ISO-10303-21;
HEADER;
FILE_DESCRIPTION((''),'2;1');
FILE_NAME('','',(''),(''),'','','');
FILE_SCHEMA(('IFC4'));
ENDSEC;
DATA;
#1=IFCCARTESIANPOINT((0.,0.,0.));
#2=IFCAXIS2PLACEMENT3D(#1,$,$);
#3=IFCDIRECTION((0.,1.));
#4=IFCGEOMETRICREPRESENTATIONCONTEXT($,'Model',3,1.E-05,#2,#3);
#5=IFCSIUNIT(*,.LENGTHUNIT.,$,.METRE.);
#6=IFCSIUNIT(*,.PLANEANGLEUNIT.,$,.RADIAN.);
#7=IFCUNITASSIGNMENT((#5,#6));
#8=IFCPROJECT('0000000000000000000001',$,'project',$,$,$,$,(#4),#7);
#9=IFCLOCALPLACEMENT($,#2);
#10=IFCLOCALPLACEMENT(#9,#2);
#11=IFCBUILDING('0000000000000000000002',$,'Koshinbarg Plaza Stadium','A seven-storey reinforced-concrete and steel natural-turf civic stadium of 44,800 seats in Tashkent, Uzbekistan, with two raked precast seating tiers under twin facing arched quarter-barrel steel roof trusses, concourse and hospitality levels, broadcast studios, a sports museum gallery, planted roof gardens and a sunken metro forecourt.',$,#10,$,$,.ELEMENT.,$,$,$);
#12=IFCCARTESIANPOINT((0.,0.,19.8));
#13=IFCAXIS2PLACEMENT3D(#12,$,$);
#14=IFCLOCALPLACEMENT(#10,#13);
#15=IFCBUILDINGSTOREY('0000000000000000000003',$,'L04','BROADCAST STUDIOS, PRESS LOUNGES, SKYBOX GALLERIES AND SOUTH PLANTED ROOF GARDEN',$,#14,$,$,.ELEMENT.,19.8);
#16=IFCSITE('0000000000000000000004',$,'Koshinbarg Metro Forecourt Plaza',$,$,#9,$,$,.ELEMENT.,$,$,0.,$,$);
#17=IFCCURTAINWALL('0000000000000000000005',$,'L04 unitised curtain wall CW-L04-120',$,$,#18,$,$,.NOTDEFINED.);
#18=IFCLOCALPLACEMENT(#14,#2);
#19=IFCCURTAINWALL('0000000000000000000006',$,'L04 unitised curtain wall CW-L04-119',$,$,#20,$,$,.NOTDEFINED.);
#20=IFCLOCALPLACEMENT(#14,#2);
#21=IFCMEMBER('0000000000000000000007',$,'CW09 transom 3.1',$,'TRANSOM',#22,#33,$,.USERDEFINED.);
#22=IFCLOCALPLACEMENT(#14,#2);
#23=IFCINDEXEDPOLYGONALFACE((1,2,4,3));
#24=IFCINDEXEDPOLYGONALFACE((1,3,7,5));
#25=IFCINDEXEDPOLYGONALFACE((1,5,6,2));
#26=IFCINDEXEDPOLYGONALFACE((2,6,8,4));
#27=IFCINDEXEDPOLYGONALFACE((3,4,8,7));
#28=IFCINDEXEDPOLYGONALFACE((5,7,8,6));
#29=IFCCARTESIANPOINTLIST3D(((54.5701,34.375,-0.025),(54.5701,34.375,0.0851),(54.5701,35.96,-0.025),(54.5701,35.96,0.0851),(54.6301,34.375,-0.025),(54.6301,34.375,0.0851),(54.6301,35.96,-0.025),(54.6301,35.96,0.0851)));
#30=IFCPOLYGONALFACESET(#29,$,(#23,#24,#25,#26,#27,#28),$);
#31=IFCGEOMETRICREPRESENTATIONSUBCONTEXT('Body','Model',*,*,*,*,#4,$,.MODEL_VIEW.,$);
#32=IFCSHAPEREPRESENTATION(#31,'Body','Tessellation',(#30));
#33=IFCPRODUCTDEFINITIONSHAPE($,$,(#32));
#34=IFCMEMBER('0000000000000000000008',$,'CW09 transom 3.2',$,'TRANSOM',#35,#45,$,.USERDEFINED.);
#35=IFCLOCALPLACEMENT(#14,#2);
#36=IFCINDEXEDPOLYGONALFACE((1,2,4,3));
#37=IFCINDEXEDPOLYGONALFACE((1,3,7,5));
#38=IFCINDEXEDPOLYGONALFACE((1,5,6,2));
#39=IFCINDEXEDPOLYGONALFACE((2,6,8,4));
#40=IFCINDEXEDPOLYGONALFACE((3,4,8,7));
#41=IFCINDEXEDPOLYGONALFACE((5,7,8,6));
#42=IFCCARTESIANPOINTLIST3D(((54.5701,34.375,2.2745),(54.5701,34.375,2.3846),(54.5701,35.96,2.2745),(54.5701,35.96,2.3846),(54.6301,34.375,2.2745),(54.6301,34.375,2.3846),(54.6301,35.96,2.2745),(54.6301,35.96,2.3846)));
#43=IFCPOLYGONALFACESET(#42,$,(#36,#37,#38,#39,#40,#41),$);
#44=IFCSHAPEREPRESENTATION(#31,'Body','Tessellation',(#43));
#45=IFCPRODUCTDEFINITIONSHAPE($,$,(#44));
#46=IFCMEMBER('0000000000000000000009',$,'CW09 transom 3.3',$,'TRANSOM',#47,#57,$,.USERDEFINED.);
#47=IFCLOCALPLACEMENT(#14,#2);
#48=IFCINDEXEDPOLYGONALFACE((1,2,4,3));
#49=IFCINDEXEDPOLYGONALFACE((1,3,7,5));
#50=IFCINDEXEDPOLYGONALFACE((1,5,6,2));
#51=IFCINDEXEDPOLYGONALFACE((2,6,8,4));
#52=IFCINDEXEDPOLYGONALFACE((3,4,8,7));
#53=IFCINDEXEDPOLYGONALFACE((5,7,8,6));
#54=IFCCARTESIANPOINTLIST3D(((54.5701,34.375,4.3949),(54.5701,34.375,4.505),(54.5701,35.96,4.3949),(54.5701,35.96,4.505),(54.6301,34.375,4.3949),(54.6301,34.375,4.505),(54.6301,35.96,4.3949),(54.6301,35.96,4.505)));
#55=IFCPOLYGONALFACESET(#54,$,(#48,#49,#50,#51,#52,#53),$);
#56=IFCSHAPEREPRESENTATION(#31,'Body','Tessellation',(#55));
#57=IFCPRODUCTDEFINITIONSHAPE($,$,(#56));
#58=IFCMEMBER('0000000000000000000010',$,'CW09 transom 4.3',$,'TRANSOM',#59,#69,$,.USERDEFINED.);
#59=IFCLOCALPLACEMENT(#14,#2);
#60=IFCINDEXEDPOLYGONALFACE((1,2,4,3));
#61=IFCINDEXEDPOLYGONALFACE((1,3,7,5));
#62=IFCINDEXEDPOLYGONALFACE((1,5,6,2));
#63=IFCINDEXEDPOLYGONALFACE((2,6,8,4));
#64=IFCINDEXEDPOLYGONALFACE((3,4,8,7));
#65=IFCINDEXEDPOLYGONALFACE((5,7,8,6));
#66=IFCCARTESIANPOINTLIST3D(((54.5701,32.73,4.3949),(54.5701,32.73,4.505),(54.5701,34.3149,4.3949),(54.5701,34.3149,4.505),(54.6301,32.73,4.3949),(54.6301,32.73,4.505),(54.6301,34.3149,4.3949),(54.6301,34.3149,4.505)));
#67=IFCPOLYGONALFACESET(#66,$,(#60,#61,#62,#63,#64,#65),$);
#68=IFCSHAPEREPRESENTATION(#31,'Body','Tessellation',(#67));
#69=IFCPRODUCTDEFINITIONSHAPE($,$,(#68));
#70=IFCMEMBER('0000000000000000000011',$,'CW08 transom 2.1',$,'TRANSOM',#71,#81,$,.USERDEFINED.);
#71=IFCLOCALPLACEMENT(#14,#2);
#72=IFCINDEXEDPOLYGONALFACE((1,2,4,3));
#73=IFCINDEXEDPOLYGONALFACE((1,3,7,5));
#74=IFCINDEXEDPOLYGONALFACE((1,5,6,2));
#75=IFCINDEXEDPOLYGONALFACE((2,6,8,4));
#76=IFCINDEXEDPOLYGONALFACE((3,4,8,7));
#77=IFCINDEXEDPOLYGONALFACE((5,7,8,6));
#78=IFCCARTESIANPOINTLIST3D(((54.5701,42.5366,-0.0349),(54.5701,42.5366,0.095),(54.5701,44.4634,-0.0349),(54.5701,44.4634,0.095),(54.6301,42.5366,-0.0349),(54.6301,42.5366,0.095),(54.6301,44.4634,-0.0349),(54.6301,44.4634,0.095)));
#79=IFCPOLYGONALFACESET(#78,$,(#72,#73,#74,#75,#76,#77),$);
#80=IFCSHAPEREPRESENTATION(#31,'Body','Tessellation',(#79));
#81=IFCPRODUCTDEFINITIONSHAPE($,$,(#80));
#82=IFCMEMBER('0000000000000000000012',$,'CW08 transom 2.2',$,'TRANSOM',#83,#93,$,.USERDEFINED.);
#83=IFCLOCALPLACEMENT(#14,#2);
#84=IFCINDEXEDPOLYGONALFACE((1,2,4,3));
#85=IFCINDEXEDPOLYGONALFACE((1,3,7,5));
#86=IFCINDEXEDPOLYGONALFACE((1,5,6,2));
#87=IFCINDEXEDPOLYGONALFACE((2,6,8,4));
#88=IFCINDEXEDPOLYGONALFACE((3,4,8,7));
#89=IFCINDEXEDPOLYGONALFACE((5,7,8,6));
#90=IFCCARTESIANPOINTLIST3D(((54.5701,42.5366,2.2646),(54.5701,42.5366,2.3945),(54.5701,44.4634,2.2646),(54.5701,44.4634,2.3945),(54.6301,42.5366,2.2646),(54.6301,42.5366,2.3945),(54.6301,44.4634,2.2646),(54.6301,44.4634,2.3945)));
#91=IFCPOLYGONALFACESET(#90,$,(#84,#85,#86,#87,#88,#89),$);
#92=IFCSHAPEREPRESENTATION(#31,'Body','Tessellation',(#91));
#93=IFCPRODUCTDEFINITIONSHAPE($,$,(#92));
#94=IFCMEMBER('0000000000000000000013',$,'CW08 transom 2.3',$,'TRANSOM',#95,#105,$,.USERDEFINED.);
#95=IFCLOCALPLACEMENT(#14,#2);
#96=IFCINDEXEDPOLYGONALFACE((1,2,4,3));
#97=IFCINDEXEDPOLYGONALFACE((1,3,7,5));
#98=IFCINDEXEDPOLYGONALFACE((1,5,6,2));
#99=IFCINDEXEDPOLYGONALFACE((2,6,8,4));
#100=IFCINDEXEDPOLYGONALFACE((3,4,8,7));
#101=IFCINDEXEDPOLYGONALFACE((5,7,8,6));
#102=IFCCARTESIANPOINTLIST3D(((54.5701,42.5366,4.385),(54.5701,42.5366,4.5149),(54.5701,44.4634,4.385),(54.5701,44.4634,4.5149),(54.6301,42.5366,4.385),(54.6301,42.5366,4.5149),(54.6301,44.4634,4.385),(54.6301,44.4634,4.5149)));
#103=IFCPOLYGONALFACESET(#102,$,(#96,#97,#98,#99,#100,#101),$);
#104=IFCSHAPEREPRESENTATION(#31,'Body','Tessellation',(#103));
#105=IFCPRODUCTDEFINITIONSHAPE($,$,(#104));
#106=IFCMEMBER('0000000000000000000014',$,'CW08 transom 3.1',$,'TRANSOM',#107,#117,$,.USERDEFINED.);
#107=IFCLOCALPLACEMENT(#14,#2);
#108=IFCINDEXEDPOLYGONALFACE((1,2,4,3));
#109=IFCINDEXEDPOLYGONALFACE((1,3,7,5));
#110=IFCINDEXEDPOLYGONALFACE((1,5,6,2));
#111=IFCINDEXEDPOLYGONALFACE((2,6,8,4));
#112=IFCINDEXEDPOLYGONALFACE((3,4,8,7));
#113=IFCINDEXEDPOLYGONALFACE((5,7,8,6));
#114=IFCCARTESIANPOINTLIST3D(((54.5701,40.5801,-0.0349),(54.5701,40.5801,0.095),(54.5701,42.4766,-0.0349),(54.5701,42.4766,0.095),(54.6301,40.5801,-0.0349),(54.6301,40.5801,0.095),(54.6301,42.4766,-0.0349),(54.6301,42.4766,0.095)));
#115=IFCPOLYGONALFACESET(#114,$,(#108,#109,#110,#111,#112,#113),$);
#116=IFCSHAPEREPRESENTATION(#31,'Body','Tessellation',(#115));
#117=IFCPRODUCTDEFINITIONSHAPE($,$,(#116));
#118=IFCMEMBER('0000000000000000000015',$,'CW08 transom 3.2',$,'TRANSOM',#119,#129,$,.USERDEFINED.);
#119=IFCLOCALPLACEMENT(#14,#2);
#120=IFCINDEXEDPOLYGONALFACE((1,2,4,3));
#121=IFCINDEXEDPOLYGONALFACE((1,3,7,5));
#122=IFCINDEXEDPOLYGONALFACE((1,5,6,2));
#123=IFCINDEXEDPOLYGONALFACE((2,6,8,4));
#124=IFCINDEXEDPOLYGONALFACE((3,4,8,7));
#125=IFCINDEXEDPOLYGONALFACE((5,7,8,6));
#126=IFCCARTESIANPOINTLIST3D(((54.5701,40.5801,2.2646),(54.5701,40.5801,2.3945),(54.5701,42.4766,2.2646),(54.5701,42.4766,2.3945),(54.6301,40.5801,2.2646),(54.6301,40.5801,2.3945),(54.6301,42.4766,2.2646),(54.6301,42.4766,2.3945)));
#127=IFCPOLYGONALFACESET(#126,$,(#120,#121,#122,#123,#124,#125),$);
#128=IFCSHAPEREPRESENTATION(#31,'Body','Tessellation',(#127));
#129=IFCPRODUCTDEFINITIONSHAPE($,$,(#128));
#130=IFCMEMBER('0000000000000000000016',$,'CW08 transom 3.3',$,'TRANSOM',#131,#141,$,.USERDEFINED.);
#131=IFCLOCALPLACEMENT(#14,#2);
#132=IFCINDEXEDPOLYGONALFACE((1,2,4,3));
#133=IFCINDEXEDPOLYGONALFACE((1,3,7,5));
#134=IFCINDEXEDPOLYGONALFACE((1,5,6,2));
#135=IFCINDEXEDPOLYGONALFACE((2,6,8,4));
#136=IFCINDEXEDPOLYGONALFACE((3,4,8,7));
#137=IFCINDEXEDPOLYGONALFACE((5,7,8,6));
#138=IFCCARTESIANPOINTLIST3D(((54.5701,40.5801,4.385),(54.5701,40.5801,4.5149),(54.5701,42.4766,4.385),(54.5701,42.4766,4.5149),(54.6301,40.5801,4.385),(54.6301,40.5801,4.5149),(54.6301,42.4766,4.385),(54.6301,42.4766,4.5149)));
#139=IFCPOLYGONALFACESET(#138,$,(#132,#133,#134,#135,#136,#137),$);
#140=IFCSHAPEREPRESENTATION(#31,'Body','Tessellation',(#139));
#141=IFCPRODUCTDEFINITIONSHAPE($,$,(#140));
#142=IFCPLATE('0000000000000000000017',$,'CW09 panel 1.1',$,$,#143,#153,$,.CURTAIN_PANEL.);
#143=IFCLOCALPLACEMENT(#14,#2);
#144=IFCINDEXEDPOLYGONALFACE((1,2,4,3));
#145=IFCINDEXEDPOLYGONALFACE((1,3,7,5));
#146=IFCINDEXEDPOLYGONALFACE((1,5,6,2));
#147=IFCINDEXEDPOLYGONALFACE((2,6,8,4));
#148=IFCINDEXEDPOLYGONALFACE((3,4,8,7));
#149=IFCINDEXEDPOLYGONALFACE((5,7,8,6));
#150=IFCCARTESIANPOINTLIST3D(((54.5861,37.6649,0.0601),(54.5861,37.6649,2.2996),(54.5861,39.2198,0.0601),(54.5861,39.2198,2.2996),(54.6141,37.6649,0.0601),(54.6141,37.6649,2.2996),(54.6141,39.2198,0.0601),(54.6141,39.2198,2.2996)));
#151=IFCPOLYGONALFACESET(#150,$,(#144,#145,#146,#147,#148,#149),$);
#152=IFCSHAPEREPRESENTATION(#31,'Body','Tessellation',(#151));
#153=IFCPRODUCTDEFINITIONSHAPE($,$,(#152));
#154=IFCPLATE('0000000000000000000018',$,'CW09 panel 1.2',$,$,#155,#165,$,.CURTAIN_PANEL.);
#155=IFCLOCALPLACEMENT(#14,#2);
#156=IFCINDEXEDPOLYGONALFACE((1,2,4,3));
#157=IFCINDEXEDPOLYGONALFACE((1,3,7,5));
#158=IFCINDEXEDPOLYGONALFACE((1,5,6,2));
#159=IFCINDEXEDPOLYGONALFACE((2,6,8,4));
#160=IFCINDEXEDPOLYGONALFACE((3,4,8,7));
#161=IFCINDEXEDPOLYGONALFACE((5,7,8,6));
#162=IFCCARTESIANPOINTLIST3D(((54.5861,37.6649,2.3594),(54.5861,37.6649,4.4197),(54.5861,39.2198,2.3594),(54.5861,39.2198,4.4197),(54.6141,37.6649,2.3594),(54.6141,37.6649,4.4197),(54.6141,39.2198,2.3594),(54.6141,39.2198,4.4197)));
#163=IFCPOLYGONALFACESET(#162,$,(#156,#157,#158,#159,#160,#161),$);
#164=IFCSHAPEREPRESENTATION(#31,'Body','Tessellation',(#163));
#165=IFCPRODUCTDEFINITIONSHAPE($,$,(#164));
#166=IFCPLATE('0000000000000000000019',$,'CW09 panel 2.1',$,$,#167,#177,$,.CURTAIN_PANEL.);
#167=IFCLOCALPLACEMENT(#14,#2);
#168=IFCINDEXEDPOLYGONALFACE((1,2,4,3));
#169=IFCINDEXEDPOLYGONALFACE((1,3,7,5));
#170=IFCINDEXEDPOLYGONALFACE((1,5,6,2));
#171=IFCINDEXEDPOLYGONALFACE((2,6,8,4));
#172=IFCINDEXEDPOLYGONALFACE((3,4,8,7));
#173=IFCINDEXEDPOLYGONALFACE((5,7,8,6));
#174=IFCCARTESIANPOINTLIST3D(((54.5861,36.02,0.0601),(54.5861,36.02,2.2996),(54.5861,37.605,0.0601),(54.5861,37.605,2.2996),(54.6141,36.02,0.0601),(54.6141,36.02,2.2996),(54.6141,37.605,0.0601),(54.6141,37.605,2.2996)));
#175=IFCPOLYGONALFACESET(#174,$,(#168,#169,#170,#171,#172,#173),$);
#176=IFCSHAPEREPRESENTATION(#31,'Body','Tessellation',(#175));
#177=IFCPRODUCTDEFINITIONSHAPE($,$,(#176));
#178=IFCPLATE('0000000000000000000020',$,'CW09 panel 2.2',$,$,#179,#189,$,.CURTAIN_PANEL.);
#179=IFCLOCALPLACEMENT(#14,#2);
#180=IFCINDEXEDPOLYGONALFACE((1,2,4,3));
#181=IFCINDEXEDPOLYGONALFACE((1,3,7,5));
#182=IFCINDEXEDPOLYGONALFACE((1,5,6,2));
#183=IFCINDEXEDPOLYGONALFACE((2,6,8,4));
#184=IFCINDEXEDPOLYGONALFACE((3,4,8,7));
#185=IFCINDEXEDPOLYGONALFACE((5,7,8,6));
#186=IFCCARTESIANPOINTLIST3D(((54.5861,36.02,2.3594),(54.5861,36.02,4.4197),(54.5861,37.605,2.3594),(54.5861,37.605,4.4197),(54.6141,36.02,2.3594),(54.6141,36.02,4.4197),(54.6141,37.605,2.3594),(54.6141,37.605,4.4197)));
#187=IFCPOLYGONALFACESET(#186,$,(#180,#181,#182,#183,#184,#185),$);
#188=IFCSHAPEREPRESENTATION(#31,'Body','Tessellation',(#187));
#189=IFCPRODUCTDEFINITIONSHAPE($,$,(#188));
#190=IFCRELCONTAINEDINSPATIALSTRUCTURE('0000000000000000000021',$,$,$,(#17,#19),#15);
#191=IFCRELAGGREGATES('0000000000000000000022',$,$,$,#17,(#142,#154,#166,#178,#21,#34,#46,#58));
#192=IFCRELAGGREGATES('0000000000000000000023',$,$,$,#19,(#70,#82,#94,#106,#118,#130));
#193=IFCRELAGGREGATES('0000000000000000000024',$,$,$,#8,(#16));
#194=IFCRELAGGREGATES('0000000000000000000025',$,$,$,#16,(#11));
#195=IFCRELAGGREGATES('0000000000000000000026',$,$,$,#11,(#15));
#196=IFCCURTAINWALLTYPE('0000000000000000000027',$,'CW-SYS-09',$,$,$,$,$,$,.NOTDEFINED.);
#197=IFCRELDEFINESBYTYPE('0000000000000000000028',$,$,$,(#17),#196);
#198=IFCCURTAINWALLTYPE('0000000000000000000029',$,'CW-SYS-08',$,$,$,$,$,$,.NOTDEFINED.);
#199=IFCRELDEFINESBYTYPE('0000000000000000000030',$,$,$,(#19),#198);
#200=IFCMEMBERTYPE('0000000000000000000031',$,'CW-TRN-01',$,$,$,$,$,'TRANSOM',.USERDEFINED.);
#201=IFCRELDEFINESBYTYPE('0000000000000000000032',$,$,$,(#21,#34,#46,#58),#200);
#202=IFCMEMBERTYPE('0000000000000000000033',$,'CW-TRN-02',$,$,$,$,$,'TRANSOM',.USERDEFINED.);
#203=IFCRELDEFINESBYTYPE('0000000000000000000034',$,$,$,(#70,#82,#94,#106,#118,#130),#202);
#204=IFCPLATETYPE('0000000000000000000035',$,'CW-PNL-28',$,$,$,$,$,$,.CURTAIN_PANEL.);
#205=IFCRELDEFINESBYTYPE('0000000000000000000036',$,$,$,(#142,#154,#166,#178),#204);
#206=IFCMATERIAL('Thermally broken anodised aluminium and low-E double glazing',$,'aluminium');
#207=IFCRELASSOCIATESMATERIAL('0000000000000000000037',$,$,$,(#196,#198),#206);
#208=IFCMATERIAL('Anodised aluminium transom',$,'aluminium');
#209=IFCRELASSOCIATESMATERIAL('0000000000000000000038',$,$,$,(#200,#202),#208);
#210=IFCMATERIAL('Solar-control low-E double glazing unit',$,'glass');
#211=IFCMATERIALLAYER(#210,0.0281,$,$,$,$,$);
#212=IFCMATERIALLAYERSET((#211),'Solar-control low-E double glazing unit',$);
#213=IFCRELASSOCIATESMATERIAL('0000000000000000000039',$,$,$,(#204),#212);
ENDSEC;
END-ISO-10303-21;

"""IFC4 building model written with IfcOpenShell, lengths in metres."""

from ifc_helpers import new_model, si_unit, direction, frame, origin, origin_2d, place, context, subcontext, project, spatial, rectangle, extrude, material, layer, layer_set, material_profile, profile_set, type_object, element, aggregate, save


model = new_model("IFC4")

# Units and contexts
model_context = context("Model", 3, precision=1e-05, world=origin(), true_north=direction((0.0, 1.0)))
body_context = subcontext(model_context, "Body", "Model", "MODEL_VIEW")
ifc_project = project(units=[si_unit("LENGTHUNIT", "METRE"), si_unit("PLANEANGLEUNIT", "RADIAN")], contexts=[model_context])

# Site, building, storey
site_placement = place(None, origin())
site = spatial("IfcSite", under=ifc_project, at=site_placement, Name="Koshinbarg Metro Forecourt Plaza", CompositionType="ELEMENT", RefElevation=0.0)
building_placement = place(site_placement, origin())
building = spatial("IfcBuilding", under=site, at=building_placement, Name="Koshinbarg Plaza Stadium", Description="A seven-storey reinforced-concrete and steel natural-turf civic stadium of 44,800 seats in Tashkent, Uzbekistan, with two raked precast seating tiers under twin facing arched quarter-barrel steel roof trusses, concourse and hospitality levels, broadcast studios, a sports museum gallery, planted roof gardens and a sunken metro forecourt.", CompositionType="ELEMENT")
storey_placement = place(building_placement, frame((0.0, 0.0, 19.8)))
storey = spatial("IfcBuildingStorey", under=building, at=storey_placement, Name="L04", Description="BROADCAST STUDIOS, PRESS LOUNGES, SKYBOX GALLERIES AND SOUTH PLANTED ROOF GARDEN", CompositionType="ELEMENT", Elevation=19.8)

# Curtain walls
ifc_material_1 = material(Name="Thermally broken anodised aluminium and low-E double glazing", Category="aluminium")
curtain_wall_type_1 = type_object("IfcCurtainWallType", Name="CW-SYS-09", PredefinedType="NOTDEFINED", material=ifc_material_1)
curtain_wall_1_placement = place(storey_placement, origin())
curtain_wall_1 = element("IfcCurtainWall", 1, at=curtain_wall_1_placement, inside=storey, type_object=curtain_wall_type_1, Name="L04 unitised curtain wall CW-L04-120", PredefinedType="NOTDEFINED")
curtain_wall_type_2 = type_object("IfcCurtainWallType", Name="CW-SYS-08", PredefinedType="NOTDEFINED", material=ifc_material_1)
curtain_wall_2_placement = place(storey_placement, origin())
curtain_wall_2 = element("IfcCurtainWall", 2, at=curtain_wall_2_placement, inside=storey, type_object=curtain_wall_type_2, Name="L04 unitised curtain wall CW-L04-119", PredefinedType="NOTDEFINED")

# Members
ifc_material_2 = material(Name="Anodised aluminium transom", Category="aluminium")
ifc_material_profile_1 = material_profile(ifc_material_2, rectangle(XDim=0.0601, YDim=0.1101, at=origin_2d()), Name="ALU 60x110")
ifc_profile_set_1 = profile_set([ifc_material_profile_1], Name="Anodised aluminium transom")
member_type_1 = type_object("IfcMemberType", Name="CW-TRN-01", ElementType="TRANSOM", PredefinedType="USERDEFINED", material=ifc_profile_set_1)
member_1_placement = place(storey_placement, frame((54.6001, 35.96, 0.03), z_axis=(0.0, -1.0, 0.0), x_axis=(1.0, 0.0, 0.0)))
member_1 = element("IfcMember", 3, at=member_1_placement, type_object=member_type_1, Name="CW09 transom 3.1", ObjectType="TRANSOM", PredefinedType="USERDEFINED", context=body_context, shape_type="SweptSolid", body=[
    extrude(rectangle(XDim=0.0601, YDim=0.1101, at=origin_2d()), origin(), (0.0, 0.0, 1.0), 1.585),
])
member_2_placement = place(storey_placement, frame((54.6001, 35.96, 2.3296), z_axis=(0.0, -1.0, 0.0), x_axis=(1.0, 0.0, 0.0)))
member_2 = element("IfcMember", 4, at=member_2_placement, type_object=member_type_1, Name="CW09 transom 3.2", ObjectType="TRANSOM", PredefinedType="USERDEFINED", context=body_context, shape_type="SweptSolid", body=[
    extrude(rectangle(XDim=0.0601, YDim=0.1101, at=origin_2d()), origin(), (0.0, 0.0, 1.0), 1.585),
])
member_3_placement = place(storey_placement, frame((54.6001, 35.96, 4.45), z_axis=(0.0, -1.0, 0.0), x_axis=(1.0, 0.0, 0.0)))
member_3 = element("IfcMember", 5, at=member_3_placement, type_object=member_type_1, Name="CW09 transom 3.3", ObjectType="TRANSOM", PredefinedType="USERDEFINED", context=body_context, shape_type="SweptSolid", body=[
    extrude(rectangle(XDim=0.0601, YDim=0.1101, at=origin_2d()), origin(), (0.0, 0.0, 1.0), 1.585),
])
member_4_placement = place(storey_placement, frame((54.6001, 34.3149, 4.45), z_axis=(0.0, -1.0, 0.0), x_axis=(1.0, 0.0, 0.0)))
member_4 = element("IfcMember", 6, at=member_4_placement, type_object=member_type_1, Name="CW09 transom 4.3", ObjectType="TRANSOM", PredefinedType="USERDEFINED", context=body_context, shape_type="SweptSolid", body=[
    extrude(rectangle(XDim=0.0601, YDim=0.1101, at=origin_2d()), origin(), (0.0, 0.0, 1.0), 1.585),
])
ifc_material_profile_2 = material_profile(ifc_material_2, rectangle(XDim=0.0601, YDim=0.1299, at=origin_2d()), Name="ALU 60x130")
ifc_profile_set_2 = profile_set([ifc_material_profile_2], Name="Anodised aluminium transom")
member_type_2 = type_object("IfcMemberType", Name="CW-TRN-02", ElementType="TRANSOM", PredefinedType="USERDEFINED", material=ifc_profile_set_2)
member_5_placement = place(storey_placement, frame((54.6001, 44.4634, 0.03), z_axis=(0.0, -1.0, 0.0), x_axis=(1.0, 0.0, 0.0)))
member_5 = element("IfcMember", 7, at=member_5_placement, type_object=member_type_2, Name="CW08 transom 2.1", ObjectType="TRANSOM", PredefinedType="USERDEFINED", context=body_context, shape_type="SweptSolid", body=[
    extrude(rectangle(XDim=0.0601, YDim=0.1299, at=origin_2d()), origin(), (0.0, 0.0, 1.0), 1.9268),
])
member_6_placement = place(storey_placement, frame((54.6001, 44.4634, 2.3296), z_axis=(0.0, -1.0, 0.0), x_axis=(1.0, 0.0, 0.0)))
member_6 = element("IfcMember", 8, at=member_6_placement, type_object=member_type_2, Name="CW08 transom 2.2", ObjectType="TRANSOM", PredefinedType="USERDEFINED", context=body_context, shape_type="SweptSolid", body=[
    extrude(rectangle(XDim=0.0601, YDim=0.1299, at=origin_2d()), origin(), (0.0, 0.0, 1.0), 1.9268),
])
member_7_placement = place(storey_placement, frame((54.6001, 44.4634, 4.45), z_axis=(0.0, -1.0, 0.0), x_axis=(1.0, 0.0, 0.0)))
member_7 = element("IfcMember", 9, at=member_7_placement, type_object=member_type_2, Name="CW08 transom 2.3", ObjectType="TRANSOM", PredefinedType="USERDEFINED", context=body_context, shape_type="SweptSolid", body=[
    extrude(rectangle(XDim=0.0601, YDim=0.1299, at=origin_2d()), origin(), (0.0, 0.0, 1.0), 1.9268),
])
member_8_placement = place(storey_placement, frame((54.6001, 42.4766, 0.03), z_axis=(0.0, -1.0, 0.0), x_axis=(1.0, 0.0, 0.0)))
member_8 = element("IfcMember", 10, at=member_8_placement, type_object=member_type_2, Name="CW08 transom 3.1", ObjectType="TRANSOM", PredefinedType="USERDEFINED", context=body_context, shape_type="SweptSolid", body=[
    extrude(rectangle(XDim=0.0601, YDim=0.1299, at=origin_2d()), origin(), (0.0, 0.0, 1.0), 1.8965),
])
member_9_placement = place(storey_placement, frame((54.6001, 42.4766, 2.3296), z_axis=(0.0, -1.0, 0.0), x_axis=(1.0, 0.0, 0.0)))
member_9 = element("IfcMember", 11, at=member_9_placement, type_object=member_type_2, Name="CW08 transom 3.2", ObjectType="TRANSOM", PredefinedType="USERDEFINED", context=body_context, shape_type="SweptSolid", body=[
    extrude(rectangle(XDim=0.0601, YDim=0.1299, at=origin_2d()), origin(), (0.0, 0.0, 1.0), 1.8965),
])
member_10_placement = place(storey_placement, frame((54.6001, 42.4766, 4.45), z_axis=(0.0, -1.0, 0.0), x_axis=(1.0, 0.0, 0.0)))
member_10 = element("IfcMember", 12, at=member_10_placement, type_object=member_type_2, Name="CW08 transom 3.3", ObjectType="TRANSOM", PredefinedType="USERDEFINED", context=body_context, shape_type="SweptSolid", body=[
    extrude(rectangle(XDim=0.0601, YDim=0.1299, at=origin_2d()), origin(), (0.0, 0.0, 1.0), 1.8965),
])

# Plates
ifc_material_3 = material(Name="Solar-control low-E double glazing unit", Category="glass")
ifc_layer_1 = layer(ifc_material_3, 0.0281)
ifc_layer_set_1 = layer_set([ifc_layer_1], Name="Solar-control low-E double glazing unit")
plate_type_1 = type_object("IfcPlateType", Name="CW-PNL-28", PredefinedType="CURTAIN_PANEL", material=ifc_layer_set_1)
plate_1_placement = place(storey_placement, frame((54.6001, 38.4424, 0.0601), z_axis=(0.0, 0.0, 1.0), x_axis=(0.0, -1.0, 0.0)))
plate_1 = element("IfcPlate", 13, at=plate_1_placement, type_object=plate_type_1, Name="CW09 panel 1.1", PredefinedType="CURTAIN_PANEL", context=body_context, shape_type="SweptSolid", body=[
    extrude(rectangle(XDim=1.5549, YDim=0.0281, at=origin_2d()), origin(), (0.0, 0.0, 1.0), 2.2395),
])
plate_2_placement = place(storey_placement, frame((54.6001, 38.4424, 2.3594), z_axis=(0.0, 0.0, 1.0), x_axis=(0.0, -1.0, 0.0)))
plate_2 = element("IfcPlate", 14, at=plate_2_placement, type_object=plate_type_1, Name="CW09 panel 1.2", PredefinedType="CURTAIN_PANEL", context=body_context, shape_type="SweptSolid", body=[
    extrude(rectangle(XDim=1.5549, YDim=0.0281, at=origin_2d()), origin(), (0.0, 0.0, 1.0), 2.0603),
])
plate_3_placement = place(storey_placement, frame((54.6001, 36.8125, 0.0601), z_axis=(0.0, 0.0, 1.0), x_axis=(0.0, -1.0, 0.0)))
plate_3 = element("IfcPlate", 15, at=plate_3_placement, type_object=plate_type_1, Name="CW09 panel 2.1", PredefinedType="CURTAIN_PANEL", context=body_context, shape_type="SweptSolid", body=[
    extrude(rectangle(XDim=1.585, YDim=0.0281, at=origin_2d()), origin(), (0.0, 0.0, 1.0), 2.2395),
])
plate_4_placement = place(storey_placement, frame((54.6001, 36.8125, 2.3594), z_axis=(0.0, 0.0, 1.0), x_axis=(0.0, -1.0, 0.0)))
plate_4 = element("IfcPlate", 16, at=plate_4_placement, type_object=plate_type_1, Name="CW09 panel 2.2", PredefinedType="CURTAIN_PANEL", context=body_context, shape_type="SweptSolid", body=[
    extrude(rectangle(XDim=1.585, YDim=0.0281, at=origin_2d()), origin(), (0.0, 0.0, 1.0), 2.0603),
])
aggregate(curtain_wall_1, [plate_1, plate_2, plate_3, plate_4, member_1, member_2, member_3, member_4])
aggregate(curtain_wall_2, [member_5, member_6, member_7, member_8, member_9, member_10])

save(model, "model.ifc")
